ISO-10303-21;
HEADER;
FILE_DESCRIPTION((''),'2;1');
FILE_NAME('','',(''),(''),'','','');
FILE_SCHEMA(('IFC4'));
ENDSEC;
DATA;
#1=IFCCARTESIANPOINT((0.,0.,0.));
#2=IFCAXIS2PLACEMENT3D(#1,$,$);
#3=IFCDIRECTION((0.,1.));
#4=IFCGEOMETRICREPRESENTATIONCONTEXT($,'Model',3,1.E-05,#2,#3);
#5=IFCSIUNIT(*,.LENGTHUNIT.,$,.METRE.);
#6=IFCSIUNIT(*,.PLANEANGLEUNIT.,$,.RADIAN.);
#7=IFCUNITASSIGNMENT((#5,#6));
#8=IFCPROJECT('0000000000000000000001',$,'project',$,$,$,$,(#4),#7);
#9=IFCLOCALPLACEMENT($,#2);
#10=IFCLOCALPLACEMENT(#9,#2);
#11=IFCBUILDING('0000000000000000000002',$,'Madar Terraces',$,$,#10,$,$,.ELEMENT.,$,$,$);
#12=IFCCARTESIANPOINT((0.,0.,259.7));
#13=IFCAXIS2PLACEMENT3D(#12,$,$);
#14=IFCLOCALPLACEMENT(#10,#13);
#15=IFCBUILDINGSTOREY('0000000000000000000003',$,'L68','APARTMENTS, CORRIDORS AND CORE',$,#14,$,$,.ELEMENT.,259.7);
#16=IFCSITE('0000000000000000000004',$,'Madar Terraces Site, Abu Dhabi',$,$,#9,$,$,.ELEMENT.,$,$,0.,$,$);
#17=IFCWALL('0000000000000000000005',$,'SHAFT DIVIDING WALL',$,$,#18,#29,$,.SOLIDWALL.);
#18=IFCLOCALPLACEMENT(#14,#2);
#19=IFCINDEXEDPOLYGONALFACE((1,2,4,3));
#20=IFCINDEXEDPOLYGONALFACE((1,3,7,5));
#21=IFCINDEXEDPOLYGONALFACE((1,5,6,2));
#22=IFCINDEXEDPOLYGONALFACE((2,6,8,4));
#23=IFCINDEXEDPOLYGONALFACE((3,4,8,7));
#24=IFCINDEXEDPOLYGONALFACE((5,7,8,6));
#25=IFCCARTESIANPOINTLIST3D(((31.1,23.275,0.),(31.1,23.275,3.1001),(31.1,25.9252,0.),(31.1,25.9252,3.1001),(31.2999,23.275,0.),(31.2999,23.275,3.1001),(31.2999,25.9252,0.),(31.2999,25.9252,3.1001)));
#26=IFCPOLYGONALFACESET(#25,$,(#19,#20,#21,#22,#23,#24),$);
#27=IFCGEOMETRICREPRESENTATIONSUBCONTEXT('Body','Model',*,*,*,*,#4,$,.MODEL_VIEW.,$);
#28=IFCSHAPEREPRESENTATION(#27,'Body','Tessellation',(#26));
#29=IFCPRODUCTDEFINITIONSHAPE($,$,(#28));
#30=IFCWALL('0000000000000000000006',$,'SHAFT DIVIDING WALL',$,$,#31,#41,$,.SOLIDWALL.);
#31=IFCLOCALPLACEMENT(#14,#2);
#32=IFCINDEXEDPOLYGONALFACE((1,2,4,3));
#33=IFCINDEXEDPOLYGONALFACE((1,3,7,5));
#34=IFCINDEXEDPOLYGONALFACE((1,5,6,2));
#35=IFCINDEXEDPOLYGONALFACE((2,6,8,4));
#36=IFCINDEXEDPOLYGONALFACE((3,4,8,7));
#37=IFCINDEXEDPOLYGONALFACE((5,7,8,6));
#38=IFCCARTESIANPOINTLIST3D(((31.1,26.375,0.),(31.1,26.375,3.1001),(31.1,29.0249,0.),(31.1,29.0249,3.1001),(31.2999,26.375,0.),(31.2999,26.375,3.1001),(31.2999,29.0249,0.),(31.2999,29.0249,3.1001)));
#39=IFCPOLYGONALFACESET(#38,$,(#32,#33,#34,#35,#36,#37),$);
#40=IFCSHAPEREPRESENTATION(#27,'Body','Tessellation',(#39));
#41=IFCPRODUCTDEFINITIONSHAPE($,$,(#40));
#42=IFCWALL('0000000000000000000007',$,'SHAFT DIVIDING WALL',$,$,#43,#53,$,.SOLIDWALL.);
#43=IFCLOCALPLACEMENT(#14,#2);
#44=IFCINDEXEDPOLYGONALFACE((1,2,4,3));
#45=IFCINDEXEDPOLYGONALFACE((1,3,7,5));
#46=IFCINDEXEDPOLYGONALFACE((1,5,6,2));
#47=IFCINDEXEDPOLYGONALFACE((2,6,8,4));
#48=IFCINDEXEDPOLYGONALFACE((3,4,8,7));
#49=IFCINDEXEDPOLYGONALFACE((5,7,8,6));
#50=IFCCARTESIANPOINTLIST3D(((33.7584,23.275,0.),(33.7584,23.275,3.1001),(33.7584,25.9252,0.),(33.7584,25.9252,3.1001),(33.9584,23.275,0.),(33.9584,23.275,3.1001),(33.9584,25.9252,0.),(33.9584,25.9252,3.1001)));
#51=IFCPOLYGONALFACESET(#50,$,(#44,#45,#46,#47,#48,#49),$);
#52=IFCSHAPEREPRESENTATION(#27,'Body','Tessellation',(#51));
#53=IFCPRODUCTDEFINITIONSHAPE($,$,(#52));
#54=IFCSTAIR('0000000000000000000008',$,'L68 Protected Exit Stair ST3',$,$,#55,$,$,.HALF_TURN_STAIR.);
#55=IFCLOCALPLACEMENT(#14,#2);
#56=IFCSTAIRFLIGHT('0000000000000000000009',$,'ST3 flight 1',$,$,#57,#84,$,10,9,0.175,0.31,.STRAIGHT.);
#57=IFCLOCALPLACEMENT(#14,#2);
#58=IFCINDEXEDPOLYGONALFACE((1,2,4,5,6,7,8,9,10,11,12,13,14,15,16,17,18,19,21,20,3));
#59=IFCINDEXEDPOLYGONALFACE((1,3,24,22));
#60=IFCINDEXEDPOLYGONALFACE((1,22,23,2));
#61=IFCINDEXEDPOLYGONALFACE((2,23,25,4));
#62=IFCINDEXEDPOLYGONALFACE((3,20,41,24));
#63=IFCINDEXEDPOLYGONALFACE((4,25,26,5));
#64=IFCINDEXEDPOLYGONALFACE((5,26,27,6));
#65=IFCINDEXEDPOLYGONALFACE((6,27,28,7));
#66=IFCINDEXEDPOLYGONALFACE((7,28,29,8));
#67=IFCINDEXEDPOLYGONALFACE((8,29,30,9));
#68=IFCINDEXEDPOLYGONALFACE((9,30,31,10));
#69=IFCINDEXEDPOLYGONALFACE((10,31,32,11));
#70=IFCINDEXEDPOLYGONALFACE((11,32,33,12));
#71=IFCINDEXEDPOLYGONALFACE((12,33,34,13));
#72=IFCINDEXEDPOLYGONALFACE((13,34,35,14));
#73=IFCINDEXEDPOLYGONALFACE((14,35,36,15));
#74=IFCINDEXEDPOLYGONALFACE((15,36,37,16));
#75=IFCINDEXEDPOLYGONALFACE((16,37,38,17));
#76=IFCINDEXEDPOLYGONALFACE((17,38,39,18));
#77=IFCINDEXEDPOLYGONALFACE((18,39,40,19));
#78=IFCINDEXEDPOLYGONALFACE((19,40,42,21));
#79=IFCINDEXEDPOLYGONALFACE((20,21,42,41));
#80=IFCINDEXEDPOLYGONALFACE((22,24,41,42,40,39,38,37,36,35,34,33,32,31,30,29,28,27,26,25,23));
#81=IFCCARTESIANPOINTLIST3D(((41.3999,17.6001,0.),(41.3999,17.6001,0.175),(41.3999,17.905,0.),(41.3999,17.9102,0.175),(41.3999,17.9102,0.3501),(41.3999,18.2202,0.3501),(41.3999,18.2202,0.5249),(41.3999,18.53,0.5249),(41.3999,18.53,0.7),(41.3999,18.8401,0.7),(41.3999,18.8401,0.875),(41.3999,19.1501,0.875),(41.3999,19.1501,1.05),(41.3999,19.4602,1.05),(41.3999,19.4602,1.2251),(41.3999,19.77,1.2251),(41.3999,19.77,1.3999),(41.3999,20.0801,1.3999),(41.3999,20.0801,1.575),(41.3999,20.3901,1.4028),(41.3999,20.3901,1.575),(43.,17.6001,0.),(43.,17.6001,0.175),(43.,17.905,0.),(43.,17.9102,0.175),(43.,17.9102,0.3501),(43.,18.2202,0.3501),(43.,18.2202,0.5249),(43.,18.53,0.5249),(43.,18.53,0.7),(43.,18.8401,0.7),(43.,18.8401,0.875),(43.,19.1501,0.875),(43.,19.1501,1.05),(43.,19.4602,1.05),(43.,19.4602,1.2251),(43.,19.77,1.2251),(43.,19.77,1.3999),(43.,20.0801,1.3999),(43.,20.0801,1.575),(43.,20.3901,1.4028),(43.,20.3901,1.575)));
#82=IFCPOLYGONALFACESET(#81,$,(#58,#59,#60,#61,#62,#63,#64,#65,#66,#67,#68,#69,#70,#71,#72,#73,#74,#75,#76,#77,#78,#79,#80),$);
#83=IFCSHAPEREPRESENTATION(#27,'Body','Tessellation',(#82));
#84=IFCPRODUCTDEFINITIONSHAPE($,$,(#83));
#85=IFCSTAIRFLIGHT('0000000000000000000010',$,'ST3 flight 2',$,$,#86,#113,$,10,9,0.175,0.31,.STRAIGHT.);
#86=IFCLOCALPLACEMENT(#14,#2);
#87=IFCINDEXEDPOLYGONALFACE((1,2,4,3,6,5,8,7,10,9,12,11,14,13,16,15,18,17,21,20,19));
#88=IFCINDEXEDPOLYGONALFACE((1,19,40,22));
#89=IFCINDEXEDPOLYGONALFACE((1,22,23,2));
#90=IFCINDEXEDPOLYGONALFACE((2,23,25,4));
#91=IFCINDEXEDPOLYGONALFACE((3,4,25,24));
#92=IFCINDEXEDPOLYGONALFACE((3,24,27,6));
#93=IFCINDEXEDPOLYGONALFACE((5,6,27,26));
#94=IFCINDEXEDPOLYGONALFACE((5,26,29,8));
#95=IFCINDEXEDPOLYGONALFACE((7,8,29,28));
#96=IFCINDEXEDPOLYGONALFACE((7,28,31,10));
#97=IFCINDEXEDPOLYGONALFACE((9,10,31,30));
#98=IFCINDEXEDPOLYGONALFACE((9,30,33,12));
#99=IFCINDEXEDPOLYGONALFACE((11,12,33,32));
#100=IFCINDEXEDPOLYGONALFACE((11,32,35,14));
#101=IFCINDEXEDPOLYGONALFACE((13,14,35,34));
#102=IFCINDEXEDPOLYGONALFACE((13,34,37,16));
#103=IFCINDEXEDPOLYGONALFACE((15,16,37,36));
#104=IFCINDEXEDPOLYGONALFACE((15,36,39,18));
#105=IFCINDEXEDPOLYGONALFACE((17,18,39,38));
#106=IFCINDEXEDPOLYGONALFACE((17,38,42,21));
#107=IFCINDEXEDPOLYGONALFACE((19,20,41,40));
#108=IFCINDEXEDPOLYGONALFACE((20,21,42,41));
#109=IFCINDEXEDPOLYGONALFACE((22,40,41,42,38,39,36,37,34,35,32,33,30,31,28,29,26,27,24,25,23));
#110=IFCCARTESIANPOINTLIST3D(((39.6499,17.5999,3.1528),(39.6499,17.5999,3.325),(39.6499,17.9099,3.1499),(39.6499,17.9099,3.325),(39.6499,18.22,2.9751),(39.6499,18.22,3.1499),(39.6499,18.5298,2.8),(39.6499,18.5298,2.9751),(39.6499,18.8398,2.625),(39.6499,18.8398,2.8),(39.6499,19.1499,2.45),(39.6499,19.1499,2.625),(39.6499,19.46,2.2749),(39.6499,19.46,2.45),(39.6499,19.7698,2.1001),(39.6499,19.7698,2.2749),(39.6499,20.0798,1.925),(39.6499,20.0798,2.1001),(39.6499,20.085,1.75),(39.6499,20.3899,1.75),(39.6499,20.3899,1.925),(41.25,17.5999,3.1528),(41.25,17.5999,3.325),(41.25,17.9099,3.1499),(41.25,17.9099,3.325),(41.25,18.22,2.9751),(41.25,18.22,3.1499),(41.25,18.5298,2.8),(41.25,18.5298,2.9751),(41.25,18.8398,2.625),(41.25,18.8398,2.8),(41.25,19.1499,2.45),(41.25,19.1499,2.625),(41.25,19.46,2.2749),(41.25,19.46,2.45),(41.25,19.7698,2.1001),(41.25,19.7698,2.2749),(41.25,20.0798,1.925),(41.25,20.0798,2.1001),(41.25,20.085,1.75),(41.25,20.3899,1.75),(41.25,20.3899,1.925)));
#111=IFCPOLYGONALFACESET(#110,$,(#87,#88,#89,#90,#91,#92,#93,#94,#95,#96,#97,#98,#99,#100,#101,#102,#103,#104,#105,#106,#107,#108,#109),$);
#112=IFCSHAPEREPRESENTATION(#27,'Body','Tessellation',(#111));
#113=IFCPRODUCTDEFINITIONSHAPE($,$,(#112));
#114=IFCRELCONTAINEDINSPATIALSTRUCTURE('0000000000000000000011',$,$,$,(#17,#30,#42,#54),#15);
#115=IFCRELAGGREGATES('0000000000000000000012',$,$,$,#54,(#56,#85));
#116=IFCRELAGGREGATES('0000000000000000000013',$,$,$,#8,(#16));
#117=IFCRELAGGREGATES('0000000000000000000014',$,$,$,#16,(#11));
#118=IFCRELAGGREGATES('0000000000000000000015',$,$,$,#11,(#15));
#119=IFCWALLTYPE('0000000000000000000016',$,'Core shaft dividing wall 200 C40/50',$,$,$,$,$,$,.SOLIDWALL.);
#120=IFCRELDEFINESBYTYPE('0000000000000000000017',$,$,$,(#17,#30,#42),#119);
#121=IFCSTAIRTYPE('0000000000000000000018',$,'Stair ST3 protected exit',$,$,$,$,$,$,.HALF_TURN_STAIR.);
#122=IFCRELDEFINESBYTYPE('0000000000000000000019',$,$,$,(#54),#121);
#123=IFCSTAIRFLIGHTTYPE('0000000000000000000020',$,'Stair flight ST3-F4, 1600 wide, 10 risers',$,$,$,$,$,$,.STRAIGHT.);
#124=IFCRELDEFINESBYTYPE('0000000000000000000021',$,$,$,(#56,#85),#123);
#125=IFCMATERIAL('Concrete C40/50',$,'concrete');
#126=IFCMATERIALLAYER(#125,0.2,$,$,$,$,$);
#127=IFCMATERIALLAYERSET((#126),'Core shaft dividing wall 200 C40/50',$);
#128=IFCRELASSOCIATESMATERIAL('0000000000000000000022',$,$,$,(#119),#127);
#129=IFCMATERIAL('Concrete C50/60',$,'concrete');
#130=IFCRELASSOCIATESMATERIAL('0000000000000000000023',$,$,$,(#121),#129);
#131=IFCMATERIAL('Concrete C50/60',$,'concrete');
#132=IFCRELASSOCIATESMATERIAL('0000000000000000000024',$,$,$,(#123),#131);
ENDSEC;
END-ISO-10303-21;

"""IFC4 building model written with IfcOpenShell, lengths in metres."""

from ifc_helpers import new_model, si_unit, direction, frame, frame_2d, origin, place, context, subcontext, project, spatial, polyline, rectangle, outline, extrude, material, layer, layer_set, type_object, element, aggregate, save


model = new_model("IFC4")

# Units and contexts
model_context = context("Model", 3, precision=1e-05, world=origin(), true_north=direction((0.0, 1.0)))
body_context = subcontext(model_context, "Body", "Model", "MODEL_VIEW")
ifc_project = project(units=[si_unit("LENGTHUNIT", "METRE"), si_unit("PLANEANGLEUNIT", "RADIAN")], contexts=[model_context])

# Site, building, storey
site_placement = place(None, origin())
site = spatial("IfcSite", under=ifc_project, at=site_placement, Name="Madar Terraces Site, Abu Dhabi", CompositionType="ELEMENT", RefElevation=0.0)
building_placement = place(site_placement, origin())
building = spatial("IfcBuilding", under=site, at=building_placement, Name="Madar Terraces", CompositionType="ELEMENT")
storey_placement = place(building_placement, frame((0.0, 0.0, 259.7)))
storey = spatial("IfcBuildingStorey", under=building, at=storey_placement, Name="L68", Description="APARTMENTS, CORRIDORS AND CORE", CompositionType="ELEMENT", Elevation=259.7)

# Walls
ifc_material_1 = material(Name="Concrete C40/50", Category="concrete")
ifc_layer_1 = layer(ifc_material_1, 0.2)
ifc_layer_set_1 = layer_set([ifc_layer_1], Name="Core shaft dividing wall 200 C40/50")
wall_type_1 = type_object("IfcWallType", Name="Core shaft dividing wall 200 C40/50", PredefinedType="SOLIDWALL", material=ifc_layer_set_1)
wall_1_placement = place(storey_placement, frame((31.2, 23.2749, 0.0), z_axis=(0.0, 0.0, 1.0), x_axis=(0.0, 1.0, 0.0)))
element("IfcWall", 1, at=wall_1_placement, inside=storey, type_object=wall_type_1, Name="SHAFT DIVIDING WALL", PredefinedType="SOLIDWALL", context=body_context, shape_type="SweptSolid", body=[
    extrude(rectangle(XDim=2.6501, YDim=0.2, at=frame_2d((1.3252, 0.0))), origin(), (0.0, 0.0, 1.0), 3.1001),
])
wall_2_placement = place(storey_placement, frame((31.2, 26.375, 0.0), z_axis=(0.0, 0.0, 1.0), x_axis=(0.0, 1.0, 0.0)))
element("IfcWall", 2, at=wall_2_placement, inside=storey, type_object=wall_type_1, Name="SHAFT DIVIDING WALL", PredefinedType="SOLIDWALL", context=body_context, shape_type="SweptSolid", body=[
    extrude(rectangle(XDim=2.6499, YDim=0.2, at=frame_2d((1.325, 0.0))), origin(), (0.0, 0.0, 1.0), 3.1001),
])
wall_3_placement = place(storey_placement, frame((33.8584, 23.2749, 0.0), z_axis=(0.0, 0.0, 1.0), x_axis=(0.0, 1.0, 0.0)))
element("IfcWall", 3, at=wall_3_placement, inside=storey, type_object=wall_type_1, Name="SHAFT DIVIDING WALL", PredefinedType="SOLIDWALL", context=body_context, shape_type="SweptSolid", body=[
    extrude(rectangle(XDim=2.6501, YDim=0.2, at=frame_2d((1.3252, 0.0))), origin(), (0.0, 0.0, 1.0), 3.1001),
])

# Stair, stair flights
ifc_material_2 = material(Name="Concrete C50/60", Category="concrete")
stair_type = type_object("IfcStairType", Name="Stair ST3 protected exit", PredefinedType="HALF_TURN_STAIR", material=ifc_material_2)
stair_placement = place(storey_placement, origin())
stair = element("IfcStair", 4, at=stair_placement, inside=storey, type_object=stair_type, Name="L68 Protected Exit Stair ST3", PredefinedType="HALF_TURN_STAIR")
ifc_material_3 = material(Name="Concrete C50/60", Category="concrete")
stair_flight_type = type_object("IfcStairFlightType", Name="Stair flight ST3-F4, 1600 wide, 10 risers", PredefinedType="STRAIGHT", material=ifc_material_3)
stair_flight_1_placement = place(storey_placement, frame((42.2, 17.6001, 0.0), z_axis=(0.0, 0.0, 1.0), x_axis=(0.0, 1.0, 0.0)))
stair_flight_1 = element("IfcStairFlight", 5, at=stair_flight_1_placement, type_object=stair_flight_type, Name="ST3 flight 1", NumberOfRisers=10, NumberOfTreads=9, PredefinedType="STRAIGHT", RiserHeight=0.175, TreadLength=0.31, context=body_context, shape_type="SweptSolid", body=[
    extrude(outline(polyline([(0.0, 0.0), (0.0, 0.175), (0.3101, 0.175), (0.3101, 0.3501), (0.6201, 0.3501), (0.6201, 0.5249), (0.9299, 0.5249), (0.9299, 0.7), (1.24, 0.7), (1.24, 0.875), (1.55, 0.875), (1.55, 1.05), (1.8601, 1.05), (1.8601, 1.2251), (2.1699, 1.2251), (2.1699, 1.3999), (2.48, 1.3999), (2.48, 1.575), (2.79, 1.575), (2.79, 1.75), (2.79, 1.4028), (0.3049, 0.0), (0.0, 0.0)])), frame((0.0, 0.8, 0.0), z_axis=(0.0, -1.0, 0.0), x_axis=(1.0, 0.0, 0.0)), (0.0, 0.0, 1.0), 1.6001),
])
stair_flight_2_placement = place(storey_placement, frame((40.45, 20.3899, 1.75), z_axis=(0.0, 0.0, 1.0), x_axis=(0.0, -1.0, 0.0)))
stair_flight_2 = element("IfcStairFlight", 6, at=stair_flight_2_placement, type_object=stair_flight_type, Name="ST3 flight 2", NumberOfRisers=10, NumberOfTreads=9, PredefinedType="STRAIGHT", RiserHeight=0.175, TreadLength=0.31, context=body_context, shape_type="SweptSolid", body=[
    extrude(outline(polyline([(0.0, 0.0), (0.0, 0.175), (0.3101, 0.175), (0.3101, 0.3501), (0.6201, 0.3501), (0.6201, 0.5249), (0.9299, 0.5249), (0.9299, 0.7), (1.24, 0.7), (1.24, 0.875), (1.55, 0.875), (1.55, 1.05), (1.8601, 1.05), (1.8601, 1.2251), (2.1699, 1.2251), (2.1699, 1.3999), (2.48, 1.3999), (2.48, 1.575), (2.79, 1.575), (2.79, 1.75), (2.79, 1.4028), (0.3049, 0.0), (0.0, 0.0)])), frame((0.0, 0.8, 0.0), z_axis=(0.0, -1.0, 0.0), x_axis=(1.0, 0.0, 0.0)), (0.0, 0.0, 1.0), 1.6001),
])
aggregate(stair, [stair_flight_1, stair_flight_2])

save(model, "model.ifc")
